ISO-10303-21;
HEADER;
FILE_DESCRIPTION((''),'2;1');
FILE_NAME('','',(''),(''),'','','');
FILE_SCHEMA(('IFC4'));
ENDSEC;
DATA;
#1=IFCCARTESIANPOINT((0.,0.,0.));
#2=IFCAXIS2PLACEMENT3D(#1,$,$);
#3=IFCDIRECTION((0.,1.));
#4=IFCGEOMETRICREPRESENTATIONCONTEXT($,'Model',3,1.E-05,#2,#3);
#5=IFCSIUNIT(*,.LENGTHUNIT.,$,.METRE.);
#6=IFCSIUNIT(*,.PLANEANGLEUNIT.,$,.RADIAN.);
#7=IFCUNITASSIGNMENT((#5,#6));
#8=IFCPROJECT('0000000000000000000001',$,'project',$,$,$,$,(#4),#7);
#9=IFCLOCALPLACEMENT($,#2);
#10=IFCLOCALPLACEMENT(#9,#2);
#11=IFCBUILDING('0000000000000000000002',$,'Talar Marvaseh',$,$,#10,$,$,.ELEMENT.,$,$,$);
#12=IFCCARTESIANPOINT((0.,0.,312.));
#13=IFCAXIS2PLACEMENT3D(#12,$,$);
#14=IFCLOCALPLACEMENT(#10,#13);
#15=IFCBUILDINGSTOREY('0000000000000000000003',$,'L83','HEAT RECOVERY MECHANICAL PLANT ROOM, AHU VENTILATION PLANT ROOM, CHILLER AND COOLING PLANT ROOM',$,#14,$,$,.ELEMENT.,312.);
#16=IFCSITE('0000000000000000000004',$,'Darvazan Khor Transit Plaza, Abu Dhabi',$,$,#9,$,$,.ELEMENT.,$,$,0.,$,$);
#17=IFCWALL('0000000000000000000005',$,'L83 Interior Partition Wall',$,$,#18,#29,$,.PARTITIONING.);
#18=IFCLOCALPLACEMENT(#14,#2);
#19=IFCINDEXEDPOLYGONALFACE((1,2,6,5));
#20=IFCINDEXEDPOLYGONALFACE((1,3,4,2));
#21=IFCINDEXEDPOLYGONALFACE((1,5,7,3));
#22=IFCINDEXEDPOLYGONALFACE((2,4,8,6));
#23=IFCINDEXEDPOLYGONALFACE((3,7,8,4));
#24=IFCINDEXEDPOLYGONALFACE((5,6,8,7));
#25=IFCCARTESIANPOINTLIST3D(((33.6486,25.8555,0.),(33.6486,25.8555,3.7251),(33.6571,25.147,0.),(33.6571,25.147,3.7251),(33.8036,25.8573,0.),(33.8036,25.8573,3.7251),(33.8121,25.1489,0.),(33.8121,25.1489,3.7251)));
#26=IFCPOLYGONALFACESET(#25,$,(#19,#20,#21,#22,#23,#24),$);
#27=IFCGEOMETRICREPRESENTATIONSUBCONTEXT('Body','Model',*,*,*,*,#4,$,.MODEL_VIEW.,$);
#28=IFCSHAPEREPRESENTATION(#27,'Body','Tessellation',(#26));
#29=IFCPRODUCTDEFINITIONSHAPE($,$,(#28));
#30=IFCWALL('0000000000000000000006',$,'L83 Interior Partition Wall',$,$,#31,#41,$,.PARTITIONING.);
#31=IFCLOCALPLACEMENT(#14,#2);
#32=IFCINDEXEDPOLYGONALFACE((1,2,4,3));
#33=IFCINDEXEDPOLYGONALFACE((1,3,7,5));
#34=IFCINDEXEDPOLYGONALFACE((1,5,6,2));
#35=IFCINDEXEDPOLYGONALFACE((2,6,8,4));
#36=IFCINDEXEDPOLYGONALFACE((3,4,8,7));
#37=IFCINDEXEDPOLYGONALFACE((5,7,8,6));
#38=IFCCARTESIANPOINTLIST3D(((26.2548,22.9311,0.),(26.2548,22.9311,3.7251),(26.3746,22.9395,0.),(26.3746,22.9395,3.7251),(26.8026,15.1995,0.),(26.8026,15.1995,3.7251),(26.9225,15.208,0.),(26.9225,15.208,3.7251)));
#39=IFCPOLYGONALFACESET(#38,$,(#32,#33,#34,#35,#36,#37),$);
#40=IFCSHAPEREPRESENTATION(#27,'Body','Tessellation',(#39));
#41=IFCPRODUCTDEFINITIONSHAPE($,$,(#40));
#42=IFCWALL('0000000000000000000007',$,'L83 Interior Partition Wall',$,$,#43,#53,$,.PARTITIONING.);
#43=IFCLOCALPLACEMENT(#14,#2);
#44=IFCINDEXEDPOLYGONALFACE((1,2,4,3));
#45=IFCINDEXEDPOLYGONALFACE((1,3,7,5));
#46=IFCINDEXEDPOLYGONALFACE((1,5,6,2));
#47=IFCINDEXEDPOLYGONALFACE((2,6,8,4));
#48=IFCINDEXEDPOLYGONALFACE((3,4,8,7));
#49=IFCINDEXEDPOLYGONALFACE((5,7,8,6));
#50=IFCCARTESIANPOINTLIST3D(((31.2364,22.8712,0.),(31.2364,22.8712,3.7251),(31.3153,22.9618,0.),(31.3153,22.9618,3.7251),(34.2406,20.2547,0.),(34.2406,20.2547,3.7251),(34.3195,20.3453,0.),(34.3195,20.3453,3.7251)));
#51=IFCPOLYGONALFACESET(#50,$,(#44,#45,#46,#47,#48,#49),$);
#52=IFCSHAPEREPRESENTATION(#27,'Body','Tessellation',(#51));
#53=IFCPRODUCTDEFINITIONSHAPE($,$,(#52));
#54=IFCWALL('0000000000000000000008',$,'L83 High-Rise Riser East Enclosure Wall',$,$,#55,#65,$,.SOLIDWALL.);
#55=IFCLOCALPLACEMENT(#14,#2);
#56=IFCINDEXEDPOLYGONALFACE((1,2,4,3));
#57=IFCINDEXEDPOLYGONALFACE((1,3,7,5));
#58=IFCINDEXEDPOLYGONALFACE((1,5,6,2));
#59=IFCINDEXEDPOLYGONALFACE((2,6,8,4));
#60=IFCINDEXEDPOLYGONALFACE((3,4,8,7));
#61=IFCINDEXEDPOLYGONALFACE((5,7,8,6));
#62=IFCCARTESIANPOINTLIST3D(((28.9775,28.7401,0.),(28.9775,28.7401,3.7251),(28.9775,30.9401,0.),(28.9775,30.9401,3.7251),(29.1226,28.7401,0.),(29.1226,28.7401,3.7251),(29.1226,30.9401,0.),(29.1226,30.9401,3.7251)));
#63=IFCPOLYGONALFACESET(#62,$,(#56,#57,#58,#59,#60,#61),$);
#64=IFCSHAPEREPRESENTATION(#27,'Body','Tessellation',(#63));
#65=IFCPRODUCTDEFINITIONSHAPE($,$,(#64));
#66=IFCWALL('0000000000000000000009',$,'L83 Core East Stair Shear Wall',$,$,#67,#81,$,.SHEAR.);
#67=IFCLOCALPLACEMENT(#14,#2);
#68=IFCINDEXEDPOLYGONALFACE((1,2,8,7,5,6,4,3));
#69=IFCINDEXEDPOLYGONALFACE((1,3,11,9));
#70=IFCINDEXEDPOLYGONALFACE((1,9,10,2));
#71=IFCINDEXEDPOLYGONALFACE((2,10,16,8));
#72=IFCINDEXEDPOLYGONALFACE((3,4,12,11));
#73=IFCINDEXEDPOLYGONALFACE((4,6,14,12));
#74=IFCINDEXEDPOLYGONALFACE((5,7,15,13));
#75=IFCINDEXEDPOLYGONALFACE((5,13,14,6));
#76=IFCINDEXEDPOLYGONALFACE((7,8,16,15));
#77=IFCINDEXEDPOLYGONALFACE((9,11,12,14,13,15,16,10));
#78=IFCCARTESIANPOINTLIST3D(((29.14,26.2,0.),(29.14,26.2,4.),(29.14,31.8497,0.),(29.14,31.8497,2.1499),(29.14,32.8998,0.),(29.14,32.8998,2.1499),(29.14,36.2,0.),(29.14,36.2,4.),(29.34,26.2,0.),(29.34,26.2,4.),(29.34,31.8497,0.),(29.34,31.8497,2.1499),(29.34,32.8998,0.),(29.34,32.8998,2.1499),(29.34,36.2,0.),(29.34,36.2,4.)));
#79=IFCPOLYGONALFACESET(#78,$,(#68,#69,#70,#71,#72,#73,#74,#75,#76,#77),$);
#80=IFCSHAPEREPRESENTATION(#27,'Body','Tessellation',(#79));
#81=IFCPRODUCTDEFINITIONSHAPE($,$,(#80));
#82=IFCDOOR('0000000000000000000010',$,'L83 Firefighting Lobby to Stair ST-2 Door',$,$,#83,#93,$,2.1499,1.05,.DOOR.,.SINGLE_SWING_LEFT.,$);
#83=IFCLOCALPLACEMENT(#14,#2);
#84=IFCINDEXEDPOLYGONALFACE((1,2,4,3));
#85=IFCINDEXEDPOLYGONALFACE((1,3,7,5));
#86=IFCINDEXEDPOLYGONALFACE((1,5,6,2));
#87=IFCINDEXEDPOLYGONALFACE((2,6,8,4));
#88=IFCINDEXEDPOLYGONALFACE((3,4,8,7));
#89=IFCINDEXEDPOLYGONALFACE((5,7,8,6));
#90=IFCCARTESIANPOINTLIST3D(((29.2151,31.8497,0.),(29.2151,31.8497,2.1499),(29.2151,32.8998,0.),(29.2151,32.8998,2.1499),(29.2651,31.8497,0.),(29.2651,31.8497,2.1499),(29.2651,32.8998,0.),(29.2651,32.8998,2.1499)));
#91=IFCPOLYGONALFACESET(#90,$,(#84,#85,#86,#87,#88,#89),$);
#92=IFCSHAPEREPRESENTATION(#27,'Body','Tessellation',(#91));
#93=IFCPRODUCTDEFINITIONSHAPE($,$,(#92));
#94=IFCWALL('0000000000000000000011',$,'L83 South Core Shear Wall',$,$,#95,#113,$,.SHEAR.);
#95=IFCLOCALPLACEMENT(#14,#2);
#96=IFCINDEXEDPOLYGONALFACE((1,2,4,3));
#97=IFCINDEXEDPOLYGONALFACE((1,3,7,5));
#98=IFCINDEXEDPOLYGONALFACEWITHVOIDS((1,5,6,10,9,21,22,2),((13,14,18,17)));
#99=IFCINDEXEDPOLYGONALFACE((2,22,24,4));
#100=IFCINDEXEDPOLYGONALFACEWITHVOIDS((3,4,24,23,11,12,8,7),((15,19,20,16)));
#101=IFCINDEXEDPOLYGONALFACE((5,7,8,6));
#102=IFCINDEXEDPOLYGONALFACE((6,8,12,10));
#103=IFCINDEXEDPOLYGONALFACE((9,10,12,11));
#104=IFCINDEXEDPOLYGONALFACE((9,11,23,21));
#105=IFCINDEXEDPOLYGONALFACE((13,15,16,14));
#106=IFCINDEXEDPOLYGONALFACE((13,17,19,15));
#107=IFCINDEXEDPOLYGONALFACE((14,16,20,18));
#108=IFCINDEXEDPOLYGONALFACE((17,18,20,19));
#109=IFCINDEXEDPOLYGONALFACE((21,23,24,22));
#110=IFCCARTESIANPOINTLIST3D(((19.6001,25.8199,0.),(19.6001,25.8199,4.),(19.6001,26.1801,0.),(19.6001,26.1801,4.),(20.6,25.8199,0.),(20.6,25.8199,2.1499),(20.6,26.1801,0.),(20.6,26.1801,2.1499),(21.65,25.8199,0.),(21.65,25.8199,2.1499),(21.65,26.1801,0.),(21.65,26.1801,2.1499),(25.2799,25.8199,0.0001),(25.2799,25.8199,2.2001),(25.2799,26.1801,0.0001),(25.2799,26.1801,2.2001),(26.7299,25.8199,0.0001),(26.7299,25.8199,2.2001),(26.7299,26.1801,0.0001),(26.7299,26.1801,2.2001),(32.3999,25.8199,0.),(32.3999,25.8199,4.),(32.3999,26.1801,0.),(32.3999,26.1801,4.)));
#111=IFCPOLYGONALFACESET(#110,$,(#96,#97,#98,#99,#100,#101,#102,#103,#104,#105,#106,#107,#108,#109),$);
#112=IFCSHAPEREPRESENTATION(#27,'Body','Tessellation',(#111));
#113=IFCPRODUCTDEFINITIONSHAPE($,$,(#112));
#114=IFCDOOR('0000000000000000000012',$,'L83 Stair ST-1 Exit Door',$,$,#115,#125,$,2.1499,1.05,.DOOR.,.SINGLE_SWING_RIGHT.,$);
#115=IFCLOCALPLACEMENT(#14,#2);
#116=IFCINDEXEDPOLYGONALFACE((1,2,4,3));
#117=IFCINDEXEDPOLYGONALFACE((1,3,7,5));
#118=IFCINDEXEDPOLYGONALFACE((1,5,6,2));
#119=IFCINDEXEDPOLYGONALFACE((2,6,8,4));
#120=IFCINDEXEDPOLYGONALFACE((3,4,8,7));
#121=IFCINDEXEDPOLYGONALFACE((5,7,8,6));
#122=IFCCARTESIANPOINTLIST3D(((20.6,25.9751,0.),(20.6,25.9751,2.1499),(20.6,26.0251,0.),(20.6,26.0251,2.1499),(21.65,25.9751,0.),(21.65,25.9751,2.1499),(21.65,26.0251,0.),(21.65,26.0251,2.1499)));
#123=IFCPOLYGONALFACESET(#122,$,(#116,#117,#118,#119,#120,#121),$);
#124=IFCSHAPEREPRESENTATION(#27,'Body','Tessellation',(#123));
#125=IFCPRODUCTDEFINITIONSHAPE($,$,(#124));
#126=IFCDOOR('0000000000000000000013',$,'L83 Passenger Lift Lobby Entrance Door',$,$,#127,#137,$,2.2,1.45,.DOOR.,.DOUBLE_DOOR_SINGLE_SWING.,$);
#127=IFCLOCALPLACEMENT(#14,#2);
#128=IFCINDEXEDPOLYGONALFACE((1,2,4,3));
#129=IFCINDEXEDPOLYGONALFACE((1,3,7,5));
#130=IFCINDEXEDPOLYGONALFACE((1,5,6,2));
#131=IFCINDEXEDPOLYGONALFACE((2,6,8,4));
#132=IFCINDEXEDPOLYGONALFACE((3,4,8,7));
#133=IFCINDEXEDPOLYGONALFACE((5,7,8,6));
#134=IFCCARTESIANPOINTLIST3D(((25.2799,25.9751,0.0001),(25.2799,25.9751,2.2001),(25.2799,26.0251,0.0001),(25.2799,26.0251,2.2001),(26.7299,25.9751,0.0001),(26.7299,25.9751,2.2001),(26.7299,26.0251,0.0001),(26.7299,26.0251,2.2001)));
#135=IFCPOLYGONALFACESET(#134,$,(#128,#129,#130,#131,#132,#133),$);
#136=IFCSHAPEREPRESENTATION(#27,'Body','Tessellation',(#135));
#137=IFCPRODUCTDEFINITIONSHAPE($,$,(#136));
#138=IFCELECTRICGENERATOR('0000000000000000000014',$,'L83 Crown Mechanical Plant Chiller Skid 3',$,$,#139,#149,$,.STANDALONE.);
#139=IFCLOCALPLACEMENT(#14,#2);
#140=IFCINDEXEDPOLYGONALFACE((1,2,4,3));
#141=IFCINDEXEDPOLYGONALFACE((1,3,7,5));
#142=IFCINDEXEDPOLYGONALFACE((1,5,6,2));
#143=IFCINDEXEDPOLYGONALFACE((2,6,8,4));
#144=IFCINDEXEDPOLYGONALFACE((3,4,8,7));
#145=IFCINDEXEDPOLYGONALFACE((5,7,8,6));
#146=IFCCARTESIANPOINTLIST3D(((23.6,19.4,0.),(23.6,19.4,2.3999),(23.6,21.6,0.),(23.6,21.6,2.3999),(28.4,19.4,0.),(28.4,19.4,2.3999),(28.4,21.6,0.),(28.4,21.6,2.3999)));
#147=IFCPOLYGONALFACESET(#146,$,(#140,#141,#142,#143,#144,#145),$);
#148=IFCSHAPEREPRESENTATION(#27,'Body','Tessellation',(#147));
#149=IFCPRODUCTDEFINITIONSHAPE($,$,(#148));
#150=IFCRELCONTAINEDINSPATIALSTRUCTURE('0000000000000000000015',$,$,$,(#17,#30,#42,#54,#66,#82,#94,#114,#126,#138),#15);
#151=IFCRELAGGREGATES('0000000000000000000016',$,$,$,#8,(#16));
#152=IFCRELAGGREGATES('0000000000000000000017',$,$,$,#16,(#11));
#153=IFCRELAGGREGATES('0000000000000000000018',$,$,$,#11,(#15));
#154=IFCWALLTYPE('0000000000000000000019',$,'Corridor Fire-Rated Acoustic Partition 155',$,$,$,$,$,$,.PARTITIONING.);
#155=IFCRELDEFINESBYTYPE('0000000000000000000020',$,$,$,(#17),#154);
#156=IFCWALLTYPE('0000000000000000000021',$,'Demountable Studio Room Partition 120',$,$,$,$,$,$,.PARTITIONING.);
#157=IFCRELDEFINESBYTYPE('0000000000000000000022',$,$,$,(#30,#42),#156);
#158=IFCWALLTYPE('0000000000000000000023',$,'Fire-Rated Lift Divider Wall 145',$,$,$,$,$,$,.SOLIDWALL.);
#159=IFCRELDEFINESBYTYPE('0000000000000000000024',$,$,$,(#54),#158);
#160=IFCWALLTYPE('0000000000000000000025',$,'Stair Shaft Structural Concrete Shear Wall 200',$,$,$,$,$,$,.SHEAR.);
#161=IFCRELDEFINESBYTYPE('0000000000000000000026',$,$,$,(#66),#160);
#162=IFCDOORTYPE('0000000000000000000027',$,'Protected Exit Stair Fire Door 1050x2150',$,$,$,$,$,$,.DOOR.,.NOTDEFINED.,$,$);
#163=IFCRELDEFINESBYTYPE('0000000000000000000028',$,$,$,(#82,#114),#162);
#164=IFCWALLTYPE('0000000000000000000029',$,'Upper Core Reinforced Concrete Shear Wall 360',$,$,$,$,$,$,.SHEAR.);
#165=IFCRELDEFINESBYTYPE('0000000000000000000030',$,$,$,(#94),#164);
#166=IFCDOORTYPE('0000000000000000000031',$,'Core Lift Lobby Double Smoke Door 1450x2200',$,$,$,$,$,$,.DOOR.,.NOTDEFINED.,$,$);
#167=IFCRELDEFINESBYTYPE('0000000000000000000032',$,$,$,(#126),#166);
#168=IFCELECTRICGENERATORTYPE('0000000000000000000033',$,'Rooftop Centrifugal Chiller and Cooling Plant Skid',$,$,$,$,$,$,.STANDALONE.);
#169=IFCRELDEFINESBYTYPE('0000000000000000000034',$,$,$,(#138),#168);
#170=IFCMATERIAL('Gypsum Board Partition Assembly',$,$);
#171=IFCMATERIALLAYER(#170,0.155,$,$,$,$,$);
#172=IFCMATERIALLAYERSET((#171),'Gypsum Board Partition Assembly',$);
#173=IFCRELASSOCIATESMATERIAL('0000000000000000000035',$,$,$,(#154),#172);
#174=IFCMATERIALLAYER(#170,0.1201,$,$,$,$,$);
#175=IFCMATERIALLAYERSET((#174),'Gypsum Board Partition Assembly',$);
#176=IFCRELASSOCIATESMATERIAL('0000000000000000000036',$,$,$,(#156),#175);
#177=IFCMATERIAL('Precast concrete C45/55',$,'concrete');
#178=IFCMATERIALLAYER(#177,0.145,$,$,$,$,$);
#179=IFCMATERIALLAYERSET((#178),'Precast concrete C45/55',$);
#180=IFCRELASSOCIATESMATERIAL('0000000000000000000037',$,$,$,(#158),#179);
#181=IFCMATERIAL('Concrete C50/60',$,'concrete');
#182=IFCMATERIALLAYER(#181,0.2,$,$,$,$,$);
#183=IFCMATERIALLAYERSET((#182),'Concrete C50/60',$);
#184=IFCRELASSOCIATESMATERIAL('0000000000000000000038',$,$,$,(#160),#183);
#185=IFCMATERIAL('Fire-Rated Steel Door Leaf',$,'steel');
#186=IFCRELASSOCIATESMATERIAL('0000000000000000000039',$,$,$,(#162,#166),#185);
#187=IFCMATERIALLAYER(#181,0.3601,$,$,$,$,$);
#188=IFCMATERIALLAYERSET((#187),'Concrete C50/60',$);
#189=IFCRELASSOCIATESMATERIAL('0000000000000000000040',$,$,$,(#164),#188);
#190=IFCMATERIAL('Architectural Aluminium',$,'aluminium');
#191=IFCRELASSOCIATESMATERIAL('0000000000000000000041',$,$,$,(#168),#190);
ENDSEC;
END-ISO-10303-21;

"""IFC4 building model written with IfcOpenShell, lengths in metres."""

from ifc_helpers import new_model, si_unit, direction, frame, frame_2d, origin, origin_2d, place, context, subcontext, project, spatial, rectangle, extrude, source, transform, mapped, material, layer, layer_set, type_object, type_shapes, element, fill, save


model = new_model("IFC4")

# Units and contexts
model_context = context("Model", 3, precision=1e-05, world=origin(), true_north=direction((0.0, 1.0)))
body_context = subcontext(model_context, "Body", "Model", "MODEL_VIEW")
ifc_project = project(units=[si_unit("LENGTHUNIT", "METRE"), si_unit("PLANEANGLEUNIT", "RADIAN")], contexts=[model_context])

# Site, building, storey
site_placement = place(None, origin())
site = spatial("IfcSite", under=ifc_project, at=site_placement, Name="Darvazan Khor Transit Plaza, Abu Dhabi", CompositionType="ELEMENT", RefElevation=0.0)
building_placement = place(site_placement, origin())
building = spatial("IfcBuilding", under=site, at=building_placement, Name="Talar Marvaseh", CompositionType="ELEMENT")
storey_placement = place(building_placement, frame((0.0, 0.0, 312.0)))
storey = spatial("IfcBuildingStorey", under=building, at=storey_placement, Name="L83", Description="HEAT RECOVERY MECHANICAL PLANT ROOM, AHU VENTILATION PLANT ROOM, CHILLER AND COOLING PLANT ROOM", CompositionType="ELEMENT", Elevation=312.0)

# Shared definitions
ifc_material_1 = material(Name="Concrete C50/60", Category="concrete")

# Shared definitions
ifc_material_2 = material(Name="Architectural Aluminium", Category="aluminium")

# Walls
ifc_material_3 = material(Name="Precast concrete C45/55", Category="concrete")
ifc_material_4 = material(Name="Gypsum Board Partition Assembly")
ifc_layer_1 = layer(ifc_material_4, 0.155)
ifc_layer_set_1 = layer_set([ifc_layer_1], Name="Gypsum Board Partition Assembly")
wall_type_1 = type_object("IfcWallType", Name="Corridor Fire-Rated Acoustic Partition 155", PredefinedType="PARTITIONING", material=ifc_layer_set_1)
wall_1_placement = place(storey_placement, frame((33.7346, 25.1479, 0.0), z_axis=(0.0, 0.0, 1.0), x_axis=(-0.01206, 0.999927, 0.0)))
element("IfcWall", 1, at=wall_1_placement, inside=storey, type_object=wall_type_1, Name="L83 Interior Partition Wall", PredefinedType="PARTITIONING", context=body_context, shape_type="SweptSolid", body=[
    extrude(rectangle(XDim=0.7085, YDim=0.155, at=frame_2d((0.3542, 0.0))), origin(), (0.0, 0.0, 1.0), 3.7251),
])
ifc_layer_2 = layer(ifc_material_4, 0.1201)
ifc_layer_set_2 = layer_set([ifc_layer_2], Name="Gypsum Board Partition Assembly")
wall_type_2 = type_object("IfcWallType", Name="Demountable Studio Room Partition 120", PredefinedType="PARTITIONING", material=ifc_layer_set_2)
wall_2_placement = place(storey_placement, frame((26.3147, 22.9353, 0.0), z_axis=(0.0, 0.0, 1.0), x_axis=(0.070681, -0.997499, 0.0)))
element("IfcWall", 2, at=wall_2_placement, inside=storey, type_object=wall_type_2, Name="L83 Interior Partition Wall", PredefinedType="PARTITIONING", context=body_context, shape_type="SweptSolid", body=[
    extrude(rectangle(XDim=7.751, YDim=0.1201, at=frame_2d((3.8755, 0.0))), origin(), (0.0, 0.0, 1.0), 3.7251),
])
wall_3_placement = place(storey_placement, frame((31.2759, 22.9165, 0.0), z_axis=(0.0, 0.0, 1.0), x_axis=(0.754089, -0.656772, 0.0)))
element("IfcWall", 3, at=wall_3_placement, inside=storey, type_object=wall_type_2, Name="L83 Interior Partition Wall", PredefinedType="PARTITIONING", context=body_context, shape_type="SweptSolid", body=[
    extrude(rectangle(XDim=3.9839, YDim=0.1201, at=frame_2d((1.9919, 0.0))), origin(), (0.0, 0.0, 1.0), 3.7251),
])
ifc_layer_3 = layer(ifc_material_3, 0.145)
ifc_layer_set_3 = layer_set([ifc_layer_3], Name="Precast concrete C45/55")
wall_type_3 = type_object("IfcWallType", Name="Fire-Rated Lift Divider Wall 145", PredefinedType="SOLIDWALL", material=ifc_layer_set_3)
wall_4_placement = place(storey_placement, frame((29.05, 28.74, 0.0), z_axis=(0.0, 0.0, 1.0), x_axis=(0.0, 1.0, 0.0)))
element("IfcWall", 4, at=wall_4_placement, inside=storey, type_object=wall_type_3, Name="L83 High-Rise Riser East Enclosure Wall", PredefinedType="SOLIDWALL", context=body_context, shape_type="SweptSolid", body=[
    extrude(rectangle(XDim=2.2, YDim=0.145, at=frame_2d((1.1001, 0.0))), origin(), (0.0, 0.0, 1.0), 3.7251),
])

# Wall, opening, door
ifc_layer_4 = layer(ifc_material_1, 0.2)
ifc_layer_set_4 = layer_set([ifc_layer_4], Name="Concrete C50/60")
wall_type_4 = type_object("IfcWallType", Name="Stair Shaft Structural Concrete Shear Wall 200", PredefinedType="SHEAR", material=ifc_layer_set_4)
wall_5_placement = place(storey_placement, frame((29.24, 26.2, 0.0), z_axis=(0.0, 0.0, 1.0), x_axis=(0.0, 1.0, 0.0)))
wall_5 = element("IfcWall", 5, at=wall_5_placement, inside=storey, type_object=wall_type_4, Name="L83 Core East Stair Shear Wall", PredefinedType="SHEAR", context=body_context, shape_type="SweptSolid", body=[
    extrude(rectangle(XDim=10.0, YDim=0.2, at=frame_2d((5.0, 0.0))), origin(), (0.0, 0.0, 1.0), 4.0),
])
opening_1_placement = place(wall_5_placement, frame((5.6499, 0.0, 0.0)))
opening_1 = element("IfcOpeningElement", 6, at=opening_1_placement, cuts=wall_5, PredefinedType="OPENING", context=body_context, shape_type="SweptSolid", body=[
    extrude(rectangle(XDim=1.05, YDim=2.1499, at=frame_2d((0.5249, 1.075))), frame((0.0, 0.1099, 0.0), z_axis=(0.0, -1.0, 0.0), x_axis=(1.0, 0.0, 0.0)), (0.0, 0.0, 1.0), 0.22),
])
ifc_material_5 = material(Name="Fire-Rated Steel Door Leaf", Category="steel")
door_type_1 = type_object("IfcDoorType", Name="Protected Exit Stair Fire Door 1050x2150", OperationType="NOTDEFINED", PredefinedType="DOOR", material=ifc_material_5)
shared_shape_1 = source(origin(), body_context, "Body", "SweptSolid", [
    extrude(rectangle(XDim=1.05, YDim=2.1499, at=frame_2d((0.5249, 1.075))), frame((0.0, 0.0249, 0.0), z_axis=(0.0, -1.0, 0.0), x_axis=(1.0, 0.0, 0.0)), (0.0, 0.0, 1.0), 0.05),
])
type_shapes(door_type_1, [shared_shape_1])
door_1_placement = place(opening_1_placement, origin())
door_1 = element("IfcDoor", 7, at=door_1_placement, inside=storey, type_object=door_type_1, Name="L83 Firefighting Lobby to Stair ST-2 Door", OperationType="SINGLE_SWING_LEFT", OverallHeight=2.1499, OverallWidth=1.05, PredefinedType="DOOR", context=body_context, shape_type="MappedRepresentation", body=[
    mapped(shared_shape_1, transform((0.0, 0.0, 0.0), x_axis=(1.0, 0.0, 0.0), y_axis=(0.0, 1.0, 0.0), z_axis=(0.0, 0.0, 1.0), scale=1.0)),
])
fill(opening_1, door_1)

# Wall, openings, doors
ifc_layer_5 = layer(ifc_material_1, 0.3601)
ifc_layer_set_5 = layer_set([ifc_layer_5], Name="Concrete C50/60")
wall_type_5 = type_object("IfcWallType", Name="Upper Core Reinforced Concrete Shear Wall 360", PredefinedType="SHEAR", material=ifc_layer_set_5)
wall_6_placement = place(storey_placement, frame((32.3999, 26.0, 0.0), z_axis=(0.0, 0.0, 1.0), x_axis=(-1.0, 0.0, 0.0)))
wall_6 = element("IfcWall", 8, at=wall_6_placement, inside=storey, type_object=wall_type_5, Name="L83 South Core Shear Wall", PredefinedType="SHEAR", context=body_context, shape_type="SweptSolid", body=[
    extrude(rectangle(XDim=12.7998, YDim=0.3601, at=frame_2d((6.3999, 0.0))), origin(), (0.0, 0.0, 1.0), 4.0),
])
opening_2_placement = place(wall_6_placement, frame((10.75, 0.0, 0.0)))
opening_2 = element("IfcOpeningElement", 9, at=opening_2_placement, cuts=wall_6, PredefinedType="OPENING", context=body_context, shape_type="SweptSolid", body=[
    extrude(rectangle(XDim=1.05, YDim=2.1499, at=frame_2d((0.5249, 1.075))), frame((0.0, 0.1899, 0.0), z_axis=(0.0, -1.0, 0.0), x_axis=(1.0, 0.0, 0.0)), (0.0, 0.0, 1.0), 0.3801),
])
opening_3_placement = place(wall_6_placement, frame((5.6699, 0.0, 0.0)))
opening_3 = element("IfcOpeningElement", 10, at=opening_3_placement, cuts=wall_6, PredefinedType="OPENING", context=body_context, shape_type="SweptSolid", body=[
    extrude(rectangle(XDim=1.45, YDim=2.2, at=frame_2d((0.7251, 1.1001))), frame((0.0, 0.1899, 0.0), z_axis=(0.0, -1.0, 0.0), x_axis=(1.0, 0.0, 0.0)), (0.0, 0.0, 1.0), 0.3801),
])
door_2_placement = place(opening_2_placement, origin())
door_2 = element("IfcDoor", 11, at=door_2_placement, inside=storey, type_object=door_type_1, Name="L83 Stair ST-1 Exit Door", OperationType="SINGLE_SWING_RIGHT", OverallHeight=2.1499, OverallWidth=1.05, PredefinedType="DOOR", context=body_context, shape_type="MappedRepresentation", body=[
    mapped(shared_shape_1, transform((0.0, 0.0, 0.0), x_axis=(1.0, 0.0, 0.0), y_axis=(0.0, 1.0, 0.0), z_axis=(0.0, 0.0, 1.0), scale=1.0)),
])
fill(opening_2, door_2)
door_type_2 = type_object("IfcDoorType", Name="Core Lift Lobby Double Smoke Door 1450x2200", OperationType="NOTDEFINED", PredefinedType="DOOR", material=ifc_material_5)
shared_shape_2 = source(origin(), body_context, "Body", "SweptSolid", [
    extrude(rectangle(XDim=1.45, YDim=2.2, at=frame_2d((0.7251, 1.1001))), frame((0.0, 0.0249, 0.0), z_axis=(0.0, -1.0, 0.0), x_axis=(1.0, 0.0, 0.0)), (0.0, 0.0, 1.0), 0.05),
])
type_shapes(door_type_2, [shared_shape_2])
door_3_placement = place(opening_3_placement, origin())
door_3 = element("IfcDoor", 12, at=door_3_placement, inside=storey, type_object=door_type_2, Name="L83 Passenger Lift Lobby Entrance Door", OperationType="DOUBLE_DOOR_SINGLE_SWING", OverallHeight=2.2, OverallWidth=1.45, PredefinedType="DOOR", context=body_context, shape_type="MappedRepresentation", body=[
    mapped(shared_shape_2, transform((0.0, 0.0, 0.0), x_axis=(1.0, 0.0, 0.0), y_axis=(0.0, 1.0, 0.0), z_axis=(0.0, 0.0, 1.0), scale=1.0)),
])
fill(opening_3, door_3)

# Electric generator
electric_generator_type = type_object("IfcElectricGeneratorType", Name="Rooftop Centrifugal Chiller and Cooling Plant Skid", PredefinedType="STANDALONE", material=ifc_material_2)
shared_shape_3 = source(origin(), body_context, "Body", "SweptSolid", [
    extrude(rectangle(XDim=4.8, YDim=2.2, at=origin_2d()), origin(), (0.0, 0.0, 1.0), 2.3999),
])
type_shapes(electric_generator_type, [shared_shape_3])
electric_generator_placement = place(storey_placement, frame((26.0, 20.5, 0.0), z_axis=(0.0, 0.0, 1.0), x_axis=(1.0, 0.0, 0.0)))
element("IfcElectricGenerator", 13, at=electric_generator_placement, inside=storey, type_object=electric_generator_type, Name="L83 Crown Mechanical Plant Chiller Skid 3", PredefinedType="STANDALONE", context=body_context, shape_type="MappedRepresentation", body=[
    mapped(shared_shape_3, transform((0.0, 0.0, 0.0), x_axis=(1.0, 0.0, 0.0), y_axis=(0.0, 1.0, 0.0), z_axis=(0.0, 0.0, 1.0), scale=1.0)),
])

save(model, "model.ifc")
